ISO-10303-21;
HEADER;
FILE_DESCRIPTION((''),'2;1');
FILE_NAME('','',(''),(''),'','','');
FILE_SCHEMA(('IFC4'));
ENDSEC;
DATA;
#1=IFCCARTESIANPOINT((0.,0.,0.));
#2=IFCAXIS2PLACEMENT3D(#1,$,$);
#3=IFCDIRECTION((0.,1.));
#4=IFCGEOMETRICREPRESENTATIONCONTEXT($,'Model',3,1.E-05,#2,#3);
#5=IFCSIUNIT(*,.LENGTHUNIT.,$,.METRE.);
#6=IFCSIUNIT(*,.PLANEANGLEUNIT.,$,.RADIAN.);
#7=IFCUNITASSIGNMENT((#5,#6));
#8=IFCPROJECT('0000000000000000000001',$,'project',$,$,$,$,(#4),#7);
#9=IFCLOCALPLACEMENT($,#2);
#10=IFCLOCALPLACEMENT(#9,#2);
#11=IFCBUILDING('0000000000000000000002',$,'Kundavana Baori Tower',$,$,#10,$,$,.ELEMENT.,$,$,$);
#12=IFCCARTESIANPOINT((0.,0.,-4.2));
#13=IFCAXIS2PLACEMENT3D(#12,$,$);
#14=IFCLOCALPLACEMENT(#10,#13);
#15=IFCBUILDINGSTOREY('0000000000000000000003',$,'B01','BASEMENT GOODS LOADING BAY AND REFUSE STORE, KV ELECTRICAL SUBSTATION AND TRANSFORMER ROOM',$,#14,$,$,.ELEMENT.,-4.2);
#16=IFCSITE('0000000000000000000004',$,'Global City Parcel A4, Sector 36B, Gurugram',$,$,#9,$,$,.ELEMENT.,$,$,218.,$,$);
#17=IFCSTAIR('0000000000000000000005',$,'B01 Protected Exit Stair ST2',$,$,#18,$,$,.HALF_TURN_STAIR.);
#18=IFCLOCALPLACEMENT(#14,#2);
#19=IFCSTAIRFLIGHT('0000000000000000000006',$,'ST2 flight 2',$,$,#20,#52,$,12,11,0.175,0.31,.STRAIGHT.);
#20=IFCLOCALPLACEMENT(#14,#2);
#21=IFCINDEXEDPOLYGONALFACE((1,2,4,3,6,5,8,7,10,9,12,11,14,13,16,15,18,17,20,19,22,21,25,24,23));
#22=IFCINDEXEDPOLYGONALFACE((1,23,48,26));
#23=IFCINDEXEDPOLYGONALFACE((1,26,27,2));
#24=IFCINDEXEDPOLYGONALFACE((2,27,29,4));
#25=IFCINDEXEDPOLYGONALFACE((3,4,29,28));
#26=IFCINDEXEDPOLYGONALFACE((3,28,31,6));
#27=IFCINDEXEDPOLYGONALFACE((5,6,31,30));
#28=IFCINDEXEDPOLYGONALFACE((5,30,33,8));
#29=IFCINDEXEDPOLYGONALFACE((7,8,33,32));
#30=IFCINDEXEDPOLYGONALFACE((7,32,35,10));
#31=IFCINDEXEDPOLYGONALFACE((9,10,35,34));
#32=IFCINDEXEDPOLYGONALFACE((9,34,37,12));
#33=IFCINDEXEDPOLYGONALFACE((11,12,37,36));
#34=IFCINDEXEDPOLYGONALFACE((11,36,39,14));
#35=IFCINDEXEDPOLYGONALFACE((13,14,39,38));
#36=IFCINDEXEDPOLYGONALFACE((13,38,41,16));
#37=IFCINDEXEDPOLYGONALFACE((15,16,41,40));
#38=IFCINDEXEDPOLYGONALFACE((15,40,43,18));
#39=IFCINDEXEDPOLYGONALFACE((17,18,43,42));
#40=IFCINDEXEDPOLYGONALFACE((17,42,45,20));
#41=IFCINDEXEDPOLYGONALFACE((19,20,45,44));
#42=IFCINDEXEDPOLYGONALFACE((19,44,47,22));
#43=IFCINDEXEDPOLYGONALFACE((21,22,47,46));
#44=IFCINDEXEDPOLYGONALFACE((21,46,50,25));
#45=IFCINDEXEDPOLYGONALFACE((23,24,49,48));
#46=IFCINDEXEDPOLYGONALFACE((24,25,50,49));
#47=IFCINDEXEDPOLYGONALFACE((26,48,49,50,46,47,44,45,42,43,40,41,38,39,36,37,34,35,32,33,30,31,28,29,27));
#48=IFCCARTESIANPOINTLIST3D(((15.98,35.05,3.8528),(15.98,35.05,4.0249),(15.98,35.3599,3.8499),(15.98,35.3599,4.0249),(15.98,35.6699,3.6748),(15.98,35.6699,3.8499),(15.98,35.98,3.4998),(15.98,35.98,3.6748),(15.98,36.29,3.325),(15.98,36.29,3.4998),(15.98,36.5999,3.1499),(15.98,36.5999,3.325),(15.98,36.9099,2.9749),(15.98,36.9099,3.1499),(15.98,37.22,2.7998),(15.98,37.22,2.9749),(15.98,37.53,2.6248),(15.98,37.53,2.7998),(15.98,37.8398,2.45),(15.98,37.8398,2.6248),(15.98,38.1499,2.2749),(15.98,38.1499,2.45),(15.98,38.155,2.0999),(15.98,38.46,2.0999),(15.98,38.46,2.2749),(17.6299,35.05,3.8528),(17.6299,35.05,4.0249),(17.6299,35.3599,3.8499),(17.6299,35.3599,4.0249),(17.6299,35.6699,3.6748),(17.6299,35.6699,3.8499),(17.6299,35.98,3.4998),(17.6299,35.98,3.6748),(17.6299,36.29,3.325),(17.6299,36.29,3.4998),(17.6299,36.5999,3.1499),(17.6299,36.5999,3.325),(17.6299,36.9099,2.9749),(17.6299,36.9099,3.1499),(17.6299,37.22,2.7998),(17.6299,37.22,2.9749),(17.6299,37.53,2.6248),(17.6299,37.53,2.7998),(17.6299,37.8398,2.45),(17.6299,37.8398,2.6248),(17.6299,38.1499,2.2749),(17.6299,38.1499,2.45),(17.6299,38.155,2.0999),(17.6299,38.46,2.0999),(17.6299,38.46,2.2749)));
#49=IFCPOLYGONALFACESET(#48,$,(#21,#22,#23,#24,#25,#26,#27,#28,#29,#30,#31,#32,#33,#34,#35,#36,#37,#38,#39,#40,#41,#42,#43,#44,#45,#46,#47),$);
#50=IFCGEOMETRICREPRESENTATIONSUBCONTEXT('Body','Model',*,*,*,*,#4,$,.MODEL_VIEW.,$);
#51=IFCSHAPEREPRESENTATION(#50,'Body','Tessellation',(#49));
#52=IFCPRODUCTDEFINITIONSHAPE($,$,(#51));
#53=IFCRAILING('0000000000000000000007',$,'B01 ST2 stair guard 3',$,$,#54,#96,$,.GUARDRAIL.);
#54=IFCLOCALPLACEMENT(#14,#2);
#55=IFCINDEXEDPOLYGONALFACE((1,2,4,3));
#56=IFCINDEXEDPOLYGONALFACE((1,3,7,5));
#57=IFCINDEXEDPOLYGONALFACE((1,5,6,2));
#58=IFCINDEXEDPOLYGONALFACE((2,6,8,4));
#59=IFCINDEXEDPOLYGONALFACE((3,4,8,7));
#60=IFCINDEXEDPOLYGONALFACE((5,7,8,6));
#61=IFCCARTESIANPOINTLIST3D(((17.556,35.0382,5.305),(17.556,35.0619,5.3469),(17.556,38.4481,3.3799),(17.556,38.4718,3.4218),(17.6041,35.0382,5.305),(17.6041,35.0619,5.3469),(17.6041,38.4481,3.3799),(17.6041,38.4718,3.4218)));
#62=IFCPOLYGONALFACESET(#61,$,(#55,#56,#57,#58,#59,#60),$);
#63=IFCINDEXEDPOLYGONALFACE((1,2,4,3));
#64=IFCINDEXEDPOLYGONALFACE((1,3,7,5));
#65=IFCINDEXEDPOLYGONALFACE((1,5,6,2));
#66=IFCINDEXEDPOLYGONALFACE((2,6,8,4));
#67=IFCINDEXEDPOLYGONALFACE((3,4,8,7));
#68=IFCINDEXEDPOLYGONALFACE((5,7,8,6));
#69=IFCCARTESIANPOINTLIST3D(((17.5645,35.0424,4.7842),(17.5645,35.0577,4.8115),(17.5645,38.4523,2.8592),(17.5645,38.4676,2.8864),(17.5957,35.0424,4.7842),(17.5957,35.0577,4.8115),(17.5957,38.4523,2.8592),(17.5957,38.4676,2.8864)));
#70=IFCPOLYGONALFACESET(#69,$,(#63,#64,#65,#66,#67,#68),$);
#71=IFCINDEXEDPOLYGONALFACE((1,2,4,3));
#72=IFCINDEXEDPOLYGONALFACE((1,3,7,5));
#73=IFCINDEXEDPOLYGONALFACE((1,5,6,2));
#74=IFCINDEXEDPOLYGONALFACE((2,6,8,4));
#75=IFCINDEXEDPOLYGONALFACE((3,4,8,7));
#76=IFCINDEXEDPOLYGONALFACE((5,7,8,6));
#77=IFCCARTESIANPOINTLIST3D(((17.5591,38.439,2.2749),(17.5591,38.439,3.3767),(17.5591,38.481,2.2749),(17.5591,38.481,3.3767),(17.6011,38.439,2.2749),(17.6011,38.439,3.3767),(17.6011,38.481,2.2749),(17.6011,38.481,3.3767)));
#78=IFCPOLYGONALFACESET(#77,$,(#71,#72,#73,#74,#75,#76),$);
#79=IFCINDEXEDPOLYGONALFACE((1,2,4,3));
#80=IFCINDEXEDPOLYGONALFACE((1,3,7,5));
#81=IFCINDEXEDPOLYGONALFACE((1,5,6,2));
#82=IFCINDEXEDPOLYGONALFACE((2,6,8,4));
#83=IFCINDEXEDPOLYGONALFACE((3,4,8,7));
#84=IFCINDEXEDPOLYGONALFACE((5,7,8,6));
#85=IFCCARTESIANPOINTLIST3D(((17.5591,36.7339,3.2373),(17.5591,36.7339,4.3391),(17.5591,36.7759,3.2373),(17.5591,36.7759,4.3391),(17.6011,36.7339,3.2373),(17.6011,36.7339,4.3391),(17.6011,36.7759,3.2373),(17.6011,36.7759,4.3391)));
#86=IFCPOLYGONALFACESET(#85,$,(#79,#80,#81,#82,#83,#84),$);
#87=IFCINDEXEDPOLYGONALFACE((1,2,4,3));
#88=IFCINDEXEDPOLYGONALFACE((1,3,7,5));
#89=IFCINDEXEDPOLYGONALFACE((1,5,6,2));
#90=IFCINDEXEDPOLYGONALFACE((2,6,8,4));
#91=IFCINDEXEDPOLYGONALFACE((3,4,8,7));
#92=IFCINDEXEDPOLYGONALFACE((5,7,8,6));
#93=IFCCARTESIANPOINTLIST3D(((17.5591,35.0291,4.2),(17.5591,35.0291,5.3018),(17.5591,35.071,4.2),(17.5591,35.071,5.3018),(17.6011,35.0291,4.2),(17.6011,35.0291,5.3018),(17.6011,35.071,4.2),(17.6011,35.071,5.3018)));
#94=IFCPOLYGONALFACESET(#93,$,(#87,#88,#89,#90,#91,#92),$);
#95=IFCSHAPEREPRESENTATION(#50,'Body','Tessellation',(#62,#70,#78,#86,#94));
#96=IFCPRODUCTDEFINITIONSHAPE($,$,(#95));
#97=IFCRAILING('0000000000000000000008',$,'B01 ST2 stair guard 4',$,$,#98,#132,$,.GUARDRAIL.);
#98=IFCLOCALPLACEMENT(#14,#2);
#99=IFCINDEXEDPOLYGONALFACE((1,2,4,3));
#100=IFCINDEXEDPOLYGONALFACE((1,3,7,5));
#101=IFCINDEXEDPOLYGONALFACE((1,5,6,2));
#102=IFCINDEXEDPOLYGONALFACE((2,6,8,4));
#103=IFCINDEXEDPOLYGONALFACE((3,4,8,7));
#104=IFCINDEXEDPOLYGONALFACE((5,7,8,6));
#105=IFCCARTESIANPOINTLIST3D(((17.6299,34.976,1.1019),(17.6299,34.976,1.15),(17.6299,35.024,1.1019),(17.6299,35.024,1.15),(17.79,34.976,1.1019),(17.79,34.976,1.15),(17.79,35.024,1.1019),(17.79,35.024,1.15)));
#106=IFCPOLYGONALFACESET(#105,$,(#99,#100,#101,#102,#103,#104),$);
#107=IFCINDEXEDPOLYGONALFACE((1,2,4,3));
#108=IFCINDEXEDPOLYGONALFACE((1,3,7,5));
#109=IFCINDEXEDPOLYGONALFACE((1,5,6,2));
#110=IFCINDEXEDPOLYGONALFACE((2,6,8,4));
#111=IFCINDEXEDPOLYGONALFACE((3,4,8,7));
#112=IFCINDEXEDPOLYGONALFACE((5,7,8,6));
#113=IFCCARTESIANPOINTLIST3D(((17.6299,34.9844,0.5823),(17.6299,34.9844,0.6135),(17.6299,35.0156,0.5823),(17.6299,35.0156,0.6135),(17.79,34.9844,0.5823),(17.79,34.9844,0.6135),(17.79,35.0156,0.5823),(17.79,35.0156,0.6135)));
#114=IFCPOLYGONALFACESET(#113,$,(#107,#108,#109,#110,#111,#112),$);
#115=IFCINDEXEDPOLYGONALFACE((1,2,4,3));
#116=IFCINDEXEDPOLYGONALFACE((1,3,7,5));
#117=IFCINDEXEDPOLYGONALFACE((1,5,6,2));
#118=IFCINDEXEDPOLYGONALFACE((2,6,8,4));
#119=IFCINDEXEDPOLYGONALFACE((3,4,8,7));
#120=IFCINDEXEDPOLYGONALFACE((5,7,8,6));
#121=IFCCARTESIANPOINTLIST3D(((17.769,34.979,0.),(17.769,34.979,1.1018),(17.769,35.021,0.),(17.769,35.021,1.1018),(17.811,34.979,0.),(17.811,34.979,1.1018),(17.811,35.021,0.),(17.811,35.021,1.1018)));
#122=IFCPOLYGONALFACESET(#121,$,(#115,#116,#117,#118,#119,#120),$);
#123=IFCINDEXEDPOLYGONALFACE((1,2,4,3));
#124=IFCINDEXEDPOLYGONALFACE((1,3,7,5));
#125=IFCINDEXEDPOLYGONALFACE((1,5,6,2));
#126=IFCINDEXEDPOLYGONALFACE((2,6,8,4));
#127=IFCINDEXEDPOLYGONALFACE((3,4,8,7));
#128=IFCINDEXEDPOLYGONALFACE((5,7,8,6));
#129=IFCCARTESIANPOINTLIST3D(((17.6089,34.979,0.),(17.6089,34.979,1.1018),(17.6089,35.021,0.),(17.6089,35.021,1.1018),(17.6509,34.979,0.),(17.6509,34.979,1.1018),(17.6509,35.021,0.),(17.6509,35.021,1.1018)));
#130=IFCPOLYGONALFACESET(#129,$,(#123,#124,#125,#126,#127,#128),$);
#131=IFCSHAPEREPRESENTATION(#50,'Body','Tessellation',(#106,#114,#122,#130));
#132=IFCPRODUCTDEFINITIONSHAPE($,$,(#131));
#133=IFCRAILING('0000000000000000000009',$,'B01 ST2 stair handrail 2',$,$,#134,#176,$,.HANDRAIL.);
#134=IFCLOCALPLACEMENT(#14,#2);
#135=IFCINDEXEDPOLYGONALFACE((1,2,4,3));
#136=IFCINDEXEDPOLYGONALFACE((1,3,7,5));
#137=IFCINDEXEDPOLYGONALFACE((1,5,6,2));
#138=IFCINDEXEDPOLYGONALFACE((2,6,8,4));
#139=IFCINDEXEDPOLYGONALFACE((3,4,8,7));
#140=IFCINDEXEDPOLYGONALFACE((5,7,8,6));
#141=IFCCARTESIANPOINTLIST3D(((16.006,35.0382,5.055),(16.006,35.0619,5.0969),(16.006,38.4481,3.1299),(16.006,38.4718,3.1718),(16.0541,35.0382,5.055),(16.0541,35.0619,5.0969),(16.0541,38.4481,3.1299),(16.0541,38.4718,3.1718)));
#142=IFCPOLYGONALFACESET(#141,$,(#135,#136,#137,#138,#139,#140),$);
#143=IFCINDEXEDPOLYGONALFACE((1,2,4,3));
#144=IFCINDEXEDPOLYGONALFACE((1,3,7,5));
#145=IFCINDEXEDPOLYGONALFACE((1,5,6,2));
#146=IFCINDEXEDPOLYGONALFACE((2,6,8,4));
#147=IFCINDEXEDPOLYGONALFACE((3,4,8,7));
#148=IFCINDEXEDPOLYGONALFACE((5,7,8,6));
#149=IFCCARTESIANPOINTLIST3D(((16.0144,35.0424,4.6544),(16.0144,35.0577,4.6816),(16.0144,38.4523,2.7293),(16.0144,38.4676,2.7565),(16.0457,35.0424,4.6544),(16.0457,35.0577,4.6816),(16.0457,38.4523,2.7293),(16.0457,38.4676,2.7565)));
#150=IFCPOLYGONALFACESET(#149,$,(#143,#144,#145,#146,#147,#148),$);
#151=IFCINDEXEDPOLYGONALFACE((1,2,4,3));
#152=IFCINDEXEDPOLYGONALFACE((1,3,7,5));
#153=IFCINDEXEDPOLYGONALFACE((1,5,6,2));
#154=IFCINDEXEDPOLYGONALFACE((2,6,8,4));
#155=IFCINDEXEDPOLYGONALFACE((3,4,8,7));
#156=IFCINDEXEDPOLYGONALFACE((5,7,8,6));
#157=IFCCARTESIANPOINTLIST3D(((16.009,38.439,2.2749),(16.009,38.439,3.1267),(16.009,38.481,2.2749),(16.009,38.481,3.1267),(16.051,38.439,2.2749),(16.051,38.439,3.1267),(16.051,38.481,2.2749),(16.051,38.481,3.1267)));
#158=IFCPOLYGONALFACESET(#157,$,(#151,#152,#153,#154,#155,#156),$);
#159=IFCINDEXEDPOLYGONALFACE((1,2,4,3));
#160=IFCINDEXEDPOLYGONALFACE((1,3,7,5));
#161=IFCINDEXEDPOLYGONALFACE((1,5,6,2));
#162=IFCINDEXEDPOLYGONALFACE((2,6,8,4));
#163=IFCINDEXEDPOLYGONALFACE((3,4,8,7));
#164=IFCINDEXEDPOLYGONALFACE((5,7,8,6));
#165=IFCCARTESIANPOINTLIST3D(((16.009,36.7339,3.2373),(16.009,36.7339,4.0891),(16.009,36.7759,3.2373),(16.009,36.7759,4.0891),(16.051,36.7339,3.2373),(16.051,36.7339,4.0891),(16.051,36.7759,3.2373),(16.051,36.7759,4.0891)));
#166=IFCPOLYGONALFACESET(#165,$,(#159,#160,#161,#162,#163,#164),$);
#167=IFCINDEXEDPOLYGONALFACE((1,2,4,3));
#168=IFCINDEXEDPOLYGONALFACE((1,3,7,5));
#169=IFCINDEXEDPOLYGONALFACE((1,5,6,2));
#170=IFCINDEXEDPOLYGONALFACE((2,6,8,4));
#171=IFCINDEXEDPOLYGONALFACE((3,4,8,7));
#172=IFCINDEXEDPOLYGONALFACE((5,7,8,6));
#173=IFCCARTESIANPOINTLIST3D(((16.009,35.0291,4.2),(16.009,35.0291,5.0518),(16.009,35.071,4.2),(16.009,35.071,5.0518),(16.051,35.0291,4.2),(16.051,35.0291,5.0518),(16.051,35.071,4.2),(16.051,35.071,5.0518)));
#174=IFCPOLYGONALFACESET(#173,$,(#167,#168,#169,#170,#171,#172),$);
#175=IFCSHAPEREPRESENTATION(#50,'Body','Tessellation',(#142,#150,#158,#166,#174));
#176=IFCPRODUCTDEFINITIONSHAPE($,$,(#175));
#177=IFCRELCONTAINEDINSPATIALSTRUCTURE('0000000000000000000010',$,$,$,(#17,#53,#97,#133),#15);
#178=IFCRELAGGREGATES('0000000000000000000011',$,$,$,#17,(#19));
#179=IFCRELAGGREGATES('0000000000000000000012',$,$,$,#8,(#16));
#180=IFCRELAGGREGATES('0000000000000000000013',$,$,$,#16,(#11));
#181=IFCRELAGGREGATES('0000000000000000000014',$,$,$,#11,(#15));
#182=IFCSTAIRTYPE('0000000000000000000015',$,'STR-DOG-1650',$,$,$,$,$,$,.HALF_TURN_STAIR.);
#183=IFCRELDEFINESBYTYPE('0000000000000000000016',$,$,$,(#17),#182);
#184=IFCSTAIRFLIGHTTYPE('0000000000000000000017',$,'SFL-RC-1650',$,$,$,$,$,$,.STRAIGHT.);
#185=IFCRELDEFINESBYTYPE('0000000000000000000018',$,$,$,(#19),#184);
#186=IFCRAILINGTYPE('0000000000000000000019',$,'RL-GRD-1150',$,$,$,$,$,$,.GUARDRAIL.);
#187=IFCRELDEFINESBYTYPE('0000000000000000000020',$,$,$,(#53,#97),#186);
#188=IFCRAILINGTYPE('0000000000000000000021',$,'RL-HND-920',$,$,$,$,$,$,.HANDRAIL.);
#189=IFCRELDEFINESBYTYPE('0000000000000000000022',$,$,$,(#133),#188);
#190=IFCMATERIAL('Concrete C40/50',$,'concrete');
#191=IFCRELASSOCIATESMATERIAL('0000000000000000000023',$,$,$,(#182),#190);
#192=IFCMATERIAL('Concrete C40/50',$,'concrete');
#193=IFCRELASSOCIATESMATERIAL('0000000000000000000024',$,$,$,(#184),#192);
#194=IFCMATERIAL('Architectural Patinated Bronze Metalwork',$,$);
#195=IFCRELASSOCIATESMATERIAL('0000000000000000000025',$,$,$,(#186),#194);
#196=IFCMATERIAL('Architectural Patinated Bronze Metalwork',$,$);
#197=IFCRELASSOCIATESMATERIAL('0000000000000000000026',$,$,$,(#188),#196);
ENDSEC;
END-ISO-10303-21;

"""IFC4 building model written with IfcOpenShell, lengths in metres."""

from ifc_helpers import new_model, si_unit, direction, frame, origin, origin_2d, place, context, subcontext, project, spatial, polyline, rectangle, outline, extrude, material, type_object, element, aggregate, save


model = new_model("IFC4")

# Units and contexts
model_context = context("Model", 3, precision=1e-05, world=origin(), true_north=direction((0.0, 1.0)))
body_context = subcontext(model_context, "Body", "Model", "MODEL_VIEW")
ifc_project = project(units=[si_unit("LENGTHUNIT", "METRE"), si_unit("PLANEANGLEUNIT", "RADIAN")], contexts=[model_context])

# Site, building, storey
site_placement = place(None, origin())
site = spatial("IfcSite", under=ifc_project, at=site_placement, Name="Global City Parcel A4, Sector 36B, Gurugram", CompositionType="ELEMENT", RefElevation=218.0)
building_placement = place(site_placement, origin())
building = spatial("IfcBuilding", under=site, at=building_placement, Name="Kundavana Baori Tower", CompositionType="ELEMENT")
storey_placement = place(building_placement, frame((0.0, 0.0, -4.2)))
storey = spatial("IfcBuildingStorey", under=building, at=storey_placement, Name="B01", Description="BASEMENT GOODS LOADING BAY AND REFUSE STORE, KV ELECTRICAL SUBSTATION AND TRANSFORMER ROOM", CompositionType="ELEMENT", Elevation=-4.2)

# Stair, stair flight
ifc_material_1 = material(Name="Concrete C40/50", Category="concrete")
stair_type = type_object("IfcStairType", Name="STR-DOG-1650", PredefinedType="HALF_TURN_STAIR", material=ifc_material_1)
stair_placement = place(storey_placement, origin())
stair = element("IfcStair", 1, at=stair_placement, inside=storey, type_object=stair_type, Name="B01 Protected Exit Stair ST2", PredefinedType="HALF_TURN_STAIR")
ifc_material_2 = material(Name="Concrete C40/50", Category="concrete")
stair_flight_type = type_object("IfcStairFlightType", Name="SFL-RC-1650", PredefinedType="STRAIGHT", material=ifc_material_2)
stair_flight_placement = place(storey_placement, frame((16.8049, 38.46, 2.0999), z_axis=(0.0, 0.0, 1.0), x_axis=(0.0, -1.0, 0.0)))
stair_flight = element("IfcStairFlight", 2, at=stair_flight_placement, type_object=stair_flight_type, Name="ST2 flight 2", NumberOfRisers=12, NumberOfTreads=11, PredefinedType="STRAIGHT", RiserHeight=0.175, TreadLength=0.31, context=body_context, shape_type="SweptSolid", body=[
    extrude(outline(polyline([(0.0, 0.0), (0.0, 0.175), (0.3101, 0.175), (0.3101, 0.3501), (0.6201, 0.3501), (0.6201, 0.5249), (0.9299, 0.5249), (0.9299, 0.7), (1.24, 0.7), (1.24, 0.875), (1.55, 0.875), (1.55, 1.05), (1.8601, 1.05), (1.8601, 1.2251), (2.1699, 1.2251), (2.1699, 1.3999), (2.48, 1.3999), (2.48, 1.575), (2.79, 1.575), (2.79, 1.75), (3.1001, 1.75), (3.1001, 1.925), (3.4099, 1.925), (3.4099, 2.1001), (3.4099, 1.7529), (0.3049, 0.0), (0.0, 0.0)])), frame((0.0, 0.825, 0.0), z_axis=(0.0, -1.0, 0.0), x_axis=(1.0, 0.0, 0.0)), (0.0, 0.0, 1.0), 1.6499),
])
aggregate(stair, [stair_flight])

# Railings
ifc_material_3 = material(Name="Architectural Patinated Bronze Metalwork")
railing_type_1 = type_object("IfcRailingType", Name="RL-GRD-1150", PredefinedType="GUARDRAIL", material=ifc_material_3)
railing_1_placement = place(storey_placement, frame((17.5801, 38.46, 2.2749)))
element("IfcRailing", 3, at=railing_1_placement, inside=storey, type_object=railing_type_1, Name="B01 ST2 stair guard 3", PredefinedType="GUARDRAIL", context=body_context, shape_type="SweptSolid", body=[
    extrude(rectangle(XDim=0.0481, YDim=0.0481, at=origin_2d()), frame((0.0, 0.0, 1.126), z_axis=(0.0, -0.870814, 0.491613), x_axis=(1.0, 0.0, 0.0)), (0.0, 0.0, 1.0), 3.9158),
    extrude(rectangle(XDim=0.0312, YDim=0.0312, at=origin_2d()), frame((0.0, 0.0, 0.5979), z_axis=(0.0, -0.870814, 0.491613), x_axis=(1.0, 0.0, 0.0)), (0.0, 0.0, 1.0), 3.9158),
    extrude(rectangle(XDim=0.042, YDim=0.042, at=origin_2d()), origin(), (0.0, 0.0, 1.0), 1.1018),
    extrude(rectangle(XDim=0.042, YDim=0.042, at=origin_2d()), frame((0.0, -1.7051, 0.9624)), (0.0, 0.0, 1.0), 1.1018),
    extrude(rectangle(XDim=0.042, YDim=0.042, at=origin_2d()), frame((0.0, -3.4099, 1.925)), (0.0, 0.0, 1.0), 1.1018),
])
railing_2_placement = place(storey_placement, frame((17.79, 35.0, 0.0)))
element("IfcRailing", 4, at=railing_2_placement, inside=storey, type_object=railing_type_1, Name="B01 ST2 stair guard 4", PredefinedType="GUARDRAIL", context=body_context, shape_type="SweptSolid", body=[
    extrude(rectangle(XDim=0.0481, YDim=0.0481, at=origin_2d()), frame((0.0, 0.0, 1.126), z_axis=(-1.0, 0.0, 0.0), x_axis=(0.0, -1.0, 0.0)), (0.0, 0.0, 1.0), 0.1602),
    extrude(rectangle(XDim=0.0312, YDim=0.0312, at=origin_2d()), frame((0.0, 0.0, 0.5979), z_axis=(-1.0, 0.0, 0.0), x_axis=(0.0, -1.0, 0.0)), (0.0, 0.0, 1.0), 0.1602),
    extrude(rectangle(XDim=0.042, YDim=0.042, at=origin_2d()), origin(), (0.0, 0.0, 1.0), 1.1018),
    extrude(rectangle(XDim=0.042, YDim=0.042, at=origin_2d()), frame((-0.1602, 0.0, 0.0)), (0.0, 0.0, 1.0), 1.1018),
])
ifc_material_4 = material(Name="Architectural Patinated Bronze Metalwork")
railing_type_2 = type_object("IfcRailingType", Name="RL-HND-920", PredefinedType="HANDRAIL", material=ifc_material_4)
railing_3_placement = place(storey_placement, frame((16.03, 38.46, 2.2749)))
element("IfcRailing", 5, at=railing_3_placement, inside=storey, type_object=railing_type_2, Name="B01 ST2 stair handrail 2", PredefinedType="HANDRAIL", context=body_context, shape_type="SweptSolid", body=[
    extrude(rectangle(XDim=0.0481, YDim=0.0481, at=origin_2d()), frame((0.0, 0.0, 0.876), z_axis=(0.0, -0.870814, 0.491613), x_axis=(1.0, 0.0, 0.0)), (0.0, 0.0, 1.0), 3.9158),
    extrude(rectangle(XDim=0.0312, YDim=0.0312, at=origin_2d()), frame((0.0, 0.0, 0.468), z_axis=(0.0, -0.870814, 0.491613), x_axis=(1.0, 0.0, 0.0)), (0.0, 0.0, 1.0), 3.9158),
    extrude(rectangle(XDim=0.042, YDim=0.042, at=origin_2d()), origin(), (0.0, 0.0, 1.0), 0.8518),
    extrude(rectangle(XDim=0.042, YDim=0.042, at=origin_2d()), frame((0.0, -1.7051, 0.9624)), (0.0, 0.0, 1.0), 0.8518),
    extrude(rectangle(XDim=0.042, YDim=0.042, at=origin_2d()), frame((0.0, -3.4099, 1.925)), (0.0, 0.0, 1.0), 0.8518),
])

save(model, "model.ifc")
